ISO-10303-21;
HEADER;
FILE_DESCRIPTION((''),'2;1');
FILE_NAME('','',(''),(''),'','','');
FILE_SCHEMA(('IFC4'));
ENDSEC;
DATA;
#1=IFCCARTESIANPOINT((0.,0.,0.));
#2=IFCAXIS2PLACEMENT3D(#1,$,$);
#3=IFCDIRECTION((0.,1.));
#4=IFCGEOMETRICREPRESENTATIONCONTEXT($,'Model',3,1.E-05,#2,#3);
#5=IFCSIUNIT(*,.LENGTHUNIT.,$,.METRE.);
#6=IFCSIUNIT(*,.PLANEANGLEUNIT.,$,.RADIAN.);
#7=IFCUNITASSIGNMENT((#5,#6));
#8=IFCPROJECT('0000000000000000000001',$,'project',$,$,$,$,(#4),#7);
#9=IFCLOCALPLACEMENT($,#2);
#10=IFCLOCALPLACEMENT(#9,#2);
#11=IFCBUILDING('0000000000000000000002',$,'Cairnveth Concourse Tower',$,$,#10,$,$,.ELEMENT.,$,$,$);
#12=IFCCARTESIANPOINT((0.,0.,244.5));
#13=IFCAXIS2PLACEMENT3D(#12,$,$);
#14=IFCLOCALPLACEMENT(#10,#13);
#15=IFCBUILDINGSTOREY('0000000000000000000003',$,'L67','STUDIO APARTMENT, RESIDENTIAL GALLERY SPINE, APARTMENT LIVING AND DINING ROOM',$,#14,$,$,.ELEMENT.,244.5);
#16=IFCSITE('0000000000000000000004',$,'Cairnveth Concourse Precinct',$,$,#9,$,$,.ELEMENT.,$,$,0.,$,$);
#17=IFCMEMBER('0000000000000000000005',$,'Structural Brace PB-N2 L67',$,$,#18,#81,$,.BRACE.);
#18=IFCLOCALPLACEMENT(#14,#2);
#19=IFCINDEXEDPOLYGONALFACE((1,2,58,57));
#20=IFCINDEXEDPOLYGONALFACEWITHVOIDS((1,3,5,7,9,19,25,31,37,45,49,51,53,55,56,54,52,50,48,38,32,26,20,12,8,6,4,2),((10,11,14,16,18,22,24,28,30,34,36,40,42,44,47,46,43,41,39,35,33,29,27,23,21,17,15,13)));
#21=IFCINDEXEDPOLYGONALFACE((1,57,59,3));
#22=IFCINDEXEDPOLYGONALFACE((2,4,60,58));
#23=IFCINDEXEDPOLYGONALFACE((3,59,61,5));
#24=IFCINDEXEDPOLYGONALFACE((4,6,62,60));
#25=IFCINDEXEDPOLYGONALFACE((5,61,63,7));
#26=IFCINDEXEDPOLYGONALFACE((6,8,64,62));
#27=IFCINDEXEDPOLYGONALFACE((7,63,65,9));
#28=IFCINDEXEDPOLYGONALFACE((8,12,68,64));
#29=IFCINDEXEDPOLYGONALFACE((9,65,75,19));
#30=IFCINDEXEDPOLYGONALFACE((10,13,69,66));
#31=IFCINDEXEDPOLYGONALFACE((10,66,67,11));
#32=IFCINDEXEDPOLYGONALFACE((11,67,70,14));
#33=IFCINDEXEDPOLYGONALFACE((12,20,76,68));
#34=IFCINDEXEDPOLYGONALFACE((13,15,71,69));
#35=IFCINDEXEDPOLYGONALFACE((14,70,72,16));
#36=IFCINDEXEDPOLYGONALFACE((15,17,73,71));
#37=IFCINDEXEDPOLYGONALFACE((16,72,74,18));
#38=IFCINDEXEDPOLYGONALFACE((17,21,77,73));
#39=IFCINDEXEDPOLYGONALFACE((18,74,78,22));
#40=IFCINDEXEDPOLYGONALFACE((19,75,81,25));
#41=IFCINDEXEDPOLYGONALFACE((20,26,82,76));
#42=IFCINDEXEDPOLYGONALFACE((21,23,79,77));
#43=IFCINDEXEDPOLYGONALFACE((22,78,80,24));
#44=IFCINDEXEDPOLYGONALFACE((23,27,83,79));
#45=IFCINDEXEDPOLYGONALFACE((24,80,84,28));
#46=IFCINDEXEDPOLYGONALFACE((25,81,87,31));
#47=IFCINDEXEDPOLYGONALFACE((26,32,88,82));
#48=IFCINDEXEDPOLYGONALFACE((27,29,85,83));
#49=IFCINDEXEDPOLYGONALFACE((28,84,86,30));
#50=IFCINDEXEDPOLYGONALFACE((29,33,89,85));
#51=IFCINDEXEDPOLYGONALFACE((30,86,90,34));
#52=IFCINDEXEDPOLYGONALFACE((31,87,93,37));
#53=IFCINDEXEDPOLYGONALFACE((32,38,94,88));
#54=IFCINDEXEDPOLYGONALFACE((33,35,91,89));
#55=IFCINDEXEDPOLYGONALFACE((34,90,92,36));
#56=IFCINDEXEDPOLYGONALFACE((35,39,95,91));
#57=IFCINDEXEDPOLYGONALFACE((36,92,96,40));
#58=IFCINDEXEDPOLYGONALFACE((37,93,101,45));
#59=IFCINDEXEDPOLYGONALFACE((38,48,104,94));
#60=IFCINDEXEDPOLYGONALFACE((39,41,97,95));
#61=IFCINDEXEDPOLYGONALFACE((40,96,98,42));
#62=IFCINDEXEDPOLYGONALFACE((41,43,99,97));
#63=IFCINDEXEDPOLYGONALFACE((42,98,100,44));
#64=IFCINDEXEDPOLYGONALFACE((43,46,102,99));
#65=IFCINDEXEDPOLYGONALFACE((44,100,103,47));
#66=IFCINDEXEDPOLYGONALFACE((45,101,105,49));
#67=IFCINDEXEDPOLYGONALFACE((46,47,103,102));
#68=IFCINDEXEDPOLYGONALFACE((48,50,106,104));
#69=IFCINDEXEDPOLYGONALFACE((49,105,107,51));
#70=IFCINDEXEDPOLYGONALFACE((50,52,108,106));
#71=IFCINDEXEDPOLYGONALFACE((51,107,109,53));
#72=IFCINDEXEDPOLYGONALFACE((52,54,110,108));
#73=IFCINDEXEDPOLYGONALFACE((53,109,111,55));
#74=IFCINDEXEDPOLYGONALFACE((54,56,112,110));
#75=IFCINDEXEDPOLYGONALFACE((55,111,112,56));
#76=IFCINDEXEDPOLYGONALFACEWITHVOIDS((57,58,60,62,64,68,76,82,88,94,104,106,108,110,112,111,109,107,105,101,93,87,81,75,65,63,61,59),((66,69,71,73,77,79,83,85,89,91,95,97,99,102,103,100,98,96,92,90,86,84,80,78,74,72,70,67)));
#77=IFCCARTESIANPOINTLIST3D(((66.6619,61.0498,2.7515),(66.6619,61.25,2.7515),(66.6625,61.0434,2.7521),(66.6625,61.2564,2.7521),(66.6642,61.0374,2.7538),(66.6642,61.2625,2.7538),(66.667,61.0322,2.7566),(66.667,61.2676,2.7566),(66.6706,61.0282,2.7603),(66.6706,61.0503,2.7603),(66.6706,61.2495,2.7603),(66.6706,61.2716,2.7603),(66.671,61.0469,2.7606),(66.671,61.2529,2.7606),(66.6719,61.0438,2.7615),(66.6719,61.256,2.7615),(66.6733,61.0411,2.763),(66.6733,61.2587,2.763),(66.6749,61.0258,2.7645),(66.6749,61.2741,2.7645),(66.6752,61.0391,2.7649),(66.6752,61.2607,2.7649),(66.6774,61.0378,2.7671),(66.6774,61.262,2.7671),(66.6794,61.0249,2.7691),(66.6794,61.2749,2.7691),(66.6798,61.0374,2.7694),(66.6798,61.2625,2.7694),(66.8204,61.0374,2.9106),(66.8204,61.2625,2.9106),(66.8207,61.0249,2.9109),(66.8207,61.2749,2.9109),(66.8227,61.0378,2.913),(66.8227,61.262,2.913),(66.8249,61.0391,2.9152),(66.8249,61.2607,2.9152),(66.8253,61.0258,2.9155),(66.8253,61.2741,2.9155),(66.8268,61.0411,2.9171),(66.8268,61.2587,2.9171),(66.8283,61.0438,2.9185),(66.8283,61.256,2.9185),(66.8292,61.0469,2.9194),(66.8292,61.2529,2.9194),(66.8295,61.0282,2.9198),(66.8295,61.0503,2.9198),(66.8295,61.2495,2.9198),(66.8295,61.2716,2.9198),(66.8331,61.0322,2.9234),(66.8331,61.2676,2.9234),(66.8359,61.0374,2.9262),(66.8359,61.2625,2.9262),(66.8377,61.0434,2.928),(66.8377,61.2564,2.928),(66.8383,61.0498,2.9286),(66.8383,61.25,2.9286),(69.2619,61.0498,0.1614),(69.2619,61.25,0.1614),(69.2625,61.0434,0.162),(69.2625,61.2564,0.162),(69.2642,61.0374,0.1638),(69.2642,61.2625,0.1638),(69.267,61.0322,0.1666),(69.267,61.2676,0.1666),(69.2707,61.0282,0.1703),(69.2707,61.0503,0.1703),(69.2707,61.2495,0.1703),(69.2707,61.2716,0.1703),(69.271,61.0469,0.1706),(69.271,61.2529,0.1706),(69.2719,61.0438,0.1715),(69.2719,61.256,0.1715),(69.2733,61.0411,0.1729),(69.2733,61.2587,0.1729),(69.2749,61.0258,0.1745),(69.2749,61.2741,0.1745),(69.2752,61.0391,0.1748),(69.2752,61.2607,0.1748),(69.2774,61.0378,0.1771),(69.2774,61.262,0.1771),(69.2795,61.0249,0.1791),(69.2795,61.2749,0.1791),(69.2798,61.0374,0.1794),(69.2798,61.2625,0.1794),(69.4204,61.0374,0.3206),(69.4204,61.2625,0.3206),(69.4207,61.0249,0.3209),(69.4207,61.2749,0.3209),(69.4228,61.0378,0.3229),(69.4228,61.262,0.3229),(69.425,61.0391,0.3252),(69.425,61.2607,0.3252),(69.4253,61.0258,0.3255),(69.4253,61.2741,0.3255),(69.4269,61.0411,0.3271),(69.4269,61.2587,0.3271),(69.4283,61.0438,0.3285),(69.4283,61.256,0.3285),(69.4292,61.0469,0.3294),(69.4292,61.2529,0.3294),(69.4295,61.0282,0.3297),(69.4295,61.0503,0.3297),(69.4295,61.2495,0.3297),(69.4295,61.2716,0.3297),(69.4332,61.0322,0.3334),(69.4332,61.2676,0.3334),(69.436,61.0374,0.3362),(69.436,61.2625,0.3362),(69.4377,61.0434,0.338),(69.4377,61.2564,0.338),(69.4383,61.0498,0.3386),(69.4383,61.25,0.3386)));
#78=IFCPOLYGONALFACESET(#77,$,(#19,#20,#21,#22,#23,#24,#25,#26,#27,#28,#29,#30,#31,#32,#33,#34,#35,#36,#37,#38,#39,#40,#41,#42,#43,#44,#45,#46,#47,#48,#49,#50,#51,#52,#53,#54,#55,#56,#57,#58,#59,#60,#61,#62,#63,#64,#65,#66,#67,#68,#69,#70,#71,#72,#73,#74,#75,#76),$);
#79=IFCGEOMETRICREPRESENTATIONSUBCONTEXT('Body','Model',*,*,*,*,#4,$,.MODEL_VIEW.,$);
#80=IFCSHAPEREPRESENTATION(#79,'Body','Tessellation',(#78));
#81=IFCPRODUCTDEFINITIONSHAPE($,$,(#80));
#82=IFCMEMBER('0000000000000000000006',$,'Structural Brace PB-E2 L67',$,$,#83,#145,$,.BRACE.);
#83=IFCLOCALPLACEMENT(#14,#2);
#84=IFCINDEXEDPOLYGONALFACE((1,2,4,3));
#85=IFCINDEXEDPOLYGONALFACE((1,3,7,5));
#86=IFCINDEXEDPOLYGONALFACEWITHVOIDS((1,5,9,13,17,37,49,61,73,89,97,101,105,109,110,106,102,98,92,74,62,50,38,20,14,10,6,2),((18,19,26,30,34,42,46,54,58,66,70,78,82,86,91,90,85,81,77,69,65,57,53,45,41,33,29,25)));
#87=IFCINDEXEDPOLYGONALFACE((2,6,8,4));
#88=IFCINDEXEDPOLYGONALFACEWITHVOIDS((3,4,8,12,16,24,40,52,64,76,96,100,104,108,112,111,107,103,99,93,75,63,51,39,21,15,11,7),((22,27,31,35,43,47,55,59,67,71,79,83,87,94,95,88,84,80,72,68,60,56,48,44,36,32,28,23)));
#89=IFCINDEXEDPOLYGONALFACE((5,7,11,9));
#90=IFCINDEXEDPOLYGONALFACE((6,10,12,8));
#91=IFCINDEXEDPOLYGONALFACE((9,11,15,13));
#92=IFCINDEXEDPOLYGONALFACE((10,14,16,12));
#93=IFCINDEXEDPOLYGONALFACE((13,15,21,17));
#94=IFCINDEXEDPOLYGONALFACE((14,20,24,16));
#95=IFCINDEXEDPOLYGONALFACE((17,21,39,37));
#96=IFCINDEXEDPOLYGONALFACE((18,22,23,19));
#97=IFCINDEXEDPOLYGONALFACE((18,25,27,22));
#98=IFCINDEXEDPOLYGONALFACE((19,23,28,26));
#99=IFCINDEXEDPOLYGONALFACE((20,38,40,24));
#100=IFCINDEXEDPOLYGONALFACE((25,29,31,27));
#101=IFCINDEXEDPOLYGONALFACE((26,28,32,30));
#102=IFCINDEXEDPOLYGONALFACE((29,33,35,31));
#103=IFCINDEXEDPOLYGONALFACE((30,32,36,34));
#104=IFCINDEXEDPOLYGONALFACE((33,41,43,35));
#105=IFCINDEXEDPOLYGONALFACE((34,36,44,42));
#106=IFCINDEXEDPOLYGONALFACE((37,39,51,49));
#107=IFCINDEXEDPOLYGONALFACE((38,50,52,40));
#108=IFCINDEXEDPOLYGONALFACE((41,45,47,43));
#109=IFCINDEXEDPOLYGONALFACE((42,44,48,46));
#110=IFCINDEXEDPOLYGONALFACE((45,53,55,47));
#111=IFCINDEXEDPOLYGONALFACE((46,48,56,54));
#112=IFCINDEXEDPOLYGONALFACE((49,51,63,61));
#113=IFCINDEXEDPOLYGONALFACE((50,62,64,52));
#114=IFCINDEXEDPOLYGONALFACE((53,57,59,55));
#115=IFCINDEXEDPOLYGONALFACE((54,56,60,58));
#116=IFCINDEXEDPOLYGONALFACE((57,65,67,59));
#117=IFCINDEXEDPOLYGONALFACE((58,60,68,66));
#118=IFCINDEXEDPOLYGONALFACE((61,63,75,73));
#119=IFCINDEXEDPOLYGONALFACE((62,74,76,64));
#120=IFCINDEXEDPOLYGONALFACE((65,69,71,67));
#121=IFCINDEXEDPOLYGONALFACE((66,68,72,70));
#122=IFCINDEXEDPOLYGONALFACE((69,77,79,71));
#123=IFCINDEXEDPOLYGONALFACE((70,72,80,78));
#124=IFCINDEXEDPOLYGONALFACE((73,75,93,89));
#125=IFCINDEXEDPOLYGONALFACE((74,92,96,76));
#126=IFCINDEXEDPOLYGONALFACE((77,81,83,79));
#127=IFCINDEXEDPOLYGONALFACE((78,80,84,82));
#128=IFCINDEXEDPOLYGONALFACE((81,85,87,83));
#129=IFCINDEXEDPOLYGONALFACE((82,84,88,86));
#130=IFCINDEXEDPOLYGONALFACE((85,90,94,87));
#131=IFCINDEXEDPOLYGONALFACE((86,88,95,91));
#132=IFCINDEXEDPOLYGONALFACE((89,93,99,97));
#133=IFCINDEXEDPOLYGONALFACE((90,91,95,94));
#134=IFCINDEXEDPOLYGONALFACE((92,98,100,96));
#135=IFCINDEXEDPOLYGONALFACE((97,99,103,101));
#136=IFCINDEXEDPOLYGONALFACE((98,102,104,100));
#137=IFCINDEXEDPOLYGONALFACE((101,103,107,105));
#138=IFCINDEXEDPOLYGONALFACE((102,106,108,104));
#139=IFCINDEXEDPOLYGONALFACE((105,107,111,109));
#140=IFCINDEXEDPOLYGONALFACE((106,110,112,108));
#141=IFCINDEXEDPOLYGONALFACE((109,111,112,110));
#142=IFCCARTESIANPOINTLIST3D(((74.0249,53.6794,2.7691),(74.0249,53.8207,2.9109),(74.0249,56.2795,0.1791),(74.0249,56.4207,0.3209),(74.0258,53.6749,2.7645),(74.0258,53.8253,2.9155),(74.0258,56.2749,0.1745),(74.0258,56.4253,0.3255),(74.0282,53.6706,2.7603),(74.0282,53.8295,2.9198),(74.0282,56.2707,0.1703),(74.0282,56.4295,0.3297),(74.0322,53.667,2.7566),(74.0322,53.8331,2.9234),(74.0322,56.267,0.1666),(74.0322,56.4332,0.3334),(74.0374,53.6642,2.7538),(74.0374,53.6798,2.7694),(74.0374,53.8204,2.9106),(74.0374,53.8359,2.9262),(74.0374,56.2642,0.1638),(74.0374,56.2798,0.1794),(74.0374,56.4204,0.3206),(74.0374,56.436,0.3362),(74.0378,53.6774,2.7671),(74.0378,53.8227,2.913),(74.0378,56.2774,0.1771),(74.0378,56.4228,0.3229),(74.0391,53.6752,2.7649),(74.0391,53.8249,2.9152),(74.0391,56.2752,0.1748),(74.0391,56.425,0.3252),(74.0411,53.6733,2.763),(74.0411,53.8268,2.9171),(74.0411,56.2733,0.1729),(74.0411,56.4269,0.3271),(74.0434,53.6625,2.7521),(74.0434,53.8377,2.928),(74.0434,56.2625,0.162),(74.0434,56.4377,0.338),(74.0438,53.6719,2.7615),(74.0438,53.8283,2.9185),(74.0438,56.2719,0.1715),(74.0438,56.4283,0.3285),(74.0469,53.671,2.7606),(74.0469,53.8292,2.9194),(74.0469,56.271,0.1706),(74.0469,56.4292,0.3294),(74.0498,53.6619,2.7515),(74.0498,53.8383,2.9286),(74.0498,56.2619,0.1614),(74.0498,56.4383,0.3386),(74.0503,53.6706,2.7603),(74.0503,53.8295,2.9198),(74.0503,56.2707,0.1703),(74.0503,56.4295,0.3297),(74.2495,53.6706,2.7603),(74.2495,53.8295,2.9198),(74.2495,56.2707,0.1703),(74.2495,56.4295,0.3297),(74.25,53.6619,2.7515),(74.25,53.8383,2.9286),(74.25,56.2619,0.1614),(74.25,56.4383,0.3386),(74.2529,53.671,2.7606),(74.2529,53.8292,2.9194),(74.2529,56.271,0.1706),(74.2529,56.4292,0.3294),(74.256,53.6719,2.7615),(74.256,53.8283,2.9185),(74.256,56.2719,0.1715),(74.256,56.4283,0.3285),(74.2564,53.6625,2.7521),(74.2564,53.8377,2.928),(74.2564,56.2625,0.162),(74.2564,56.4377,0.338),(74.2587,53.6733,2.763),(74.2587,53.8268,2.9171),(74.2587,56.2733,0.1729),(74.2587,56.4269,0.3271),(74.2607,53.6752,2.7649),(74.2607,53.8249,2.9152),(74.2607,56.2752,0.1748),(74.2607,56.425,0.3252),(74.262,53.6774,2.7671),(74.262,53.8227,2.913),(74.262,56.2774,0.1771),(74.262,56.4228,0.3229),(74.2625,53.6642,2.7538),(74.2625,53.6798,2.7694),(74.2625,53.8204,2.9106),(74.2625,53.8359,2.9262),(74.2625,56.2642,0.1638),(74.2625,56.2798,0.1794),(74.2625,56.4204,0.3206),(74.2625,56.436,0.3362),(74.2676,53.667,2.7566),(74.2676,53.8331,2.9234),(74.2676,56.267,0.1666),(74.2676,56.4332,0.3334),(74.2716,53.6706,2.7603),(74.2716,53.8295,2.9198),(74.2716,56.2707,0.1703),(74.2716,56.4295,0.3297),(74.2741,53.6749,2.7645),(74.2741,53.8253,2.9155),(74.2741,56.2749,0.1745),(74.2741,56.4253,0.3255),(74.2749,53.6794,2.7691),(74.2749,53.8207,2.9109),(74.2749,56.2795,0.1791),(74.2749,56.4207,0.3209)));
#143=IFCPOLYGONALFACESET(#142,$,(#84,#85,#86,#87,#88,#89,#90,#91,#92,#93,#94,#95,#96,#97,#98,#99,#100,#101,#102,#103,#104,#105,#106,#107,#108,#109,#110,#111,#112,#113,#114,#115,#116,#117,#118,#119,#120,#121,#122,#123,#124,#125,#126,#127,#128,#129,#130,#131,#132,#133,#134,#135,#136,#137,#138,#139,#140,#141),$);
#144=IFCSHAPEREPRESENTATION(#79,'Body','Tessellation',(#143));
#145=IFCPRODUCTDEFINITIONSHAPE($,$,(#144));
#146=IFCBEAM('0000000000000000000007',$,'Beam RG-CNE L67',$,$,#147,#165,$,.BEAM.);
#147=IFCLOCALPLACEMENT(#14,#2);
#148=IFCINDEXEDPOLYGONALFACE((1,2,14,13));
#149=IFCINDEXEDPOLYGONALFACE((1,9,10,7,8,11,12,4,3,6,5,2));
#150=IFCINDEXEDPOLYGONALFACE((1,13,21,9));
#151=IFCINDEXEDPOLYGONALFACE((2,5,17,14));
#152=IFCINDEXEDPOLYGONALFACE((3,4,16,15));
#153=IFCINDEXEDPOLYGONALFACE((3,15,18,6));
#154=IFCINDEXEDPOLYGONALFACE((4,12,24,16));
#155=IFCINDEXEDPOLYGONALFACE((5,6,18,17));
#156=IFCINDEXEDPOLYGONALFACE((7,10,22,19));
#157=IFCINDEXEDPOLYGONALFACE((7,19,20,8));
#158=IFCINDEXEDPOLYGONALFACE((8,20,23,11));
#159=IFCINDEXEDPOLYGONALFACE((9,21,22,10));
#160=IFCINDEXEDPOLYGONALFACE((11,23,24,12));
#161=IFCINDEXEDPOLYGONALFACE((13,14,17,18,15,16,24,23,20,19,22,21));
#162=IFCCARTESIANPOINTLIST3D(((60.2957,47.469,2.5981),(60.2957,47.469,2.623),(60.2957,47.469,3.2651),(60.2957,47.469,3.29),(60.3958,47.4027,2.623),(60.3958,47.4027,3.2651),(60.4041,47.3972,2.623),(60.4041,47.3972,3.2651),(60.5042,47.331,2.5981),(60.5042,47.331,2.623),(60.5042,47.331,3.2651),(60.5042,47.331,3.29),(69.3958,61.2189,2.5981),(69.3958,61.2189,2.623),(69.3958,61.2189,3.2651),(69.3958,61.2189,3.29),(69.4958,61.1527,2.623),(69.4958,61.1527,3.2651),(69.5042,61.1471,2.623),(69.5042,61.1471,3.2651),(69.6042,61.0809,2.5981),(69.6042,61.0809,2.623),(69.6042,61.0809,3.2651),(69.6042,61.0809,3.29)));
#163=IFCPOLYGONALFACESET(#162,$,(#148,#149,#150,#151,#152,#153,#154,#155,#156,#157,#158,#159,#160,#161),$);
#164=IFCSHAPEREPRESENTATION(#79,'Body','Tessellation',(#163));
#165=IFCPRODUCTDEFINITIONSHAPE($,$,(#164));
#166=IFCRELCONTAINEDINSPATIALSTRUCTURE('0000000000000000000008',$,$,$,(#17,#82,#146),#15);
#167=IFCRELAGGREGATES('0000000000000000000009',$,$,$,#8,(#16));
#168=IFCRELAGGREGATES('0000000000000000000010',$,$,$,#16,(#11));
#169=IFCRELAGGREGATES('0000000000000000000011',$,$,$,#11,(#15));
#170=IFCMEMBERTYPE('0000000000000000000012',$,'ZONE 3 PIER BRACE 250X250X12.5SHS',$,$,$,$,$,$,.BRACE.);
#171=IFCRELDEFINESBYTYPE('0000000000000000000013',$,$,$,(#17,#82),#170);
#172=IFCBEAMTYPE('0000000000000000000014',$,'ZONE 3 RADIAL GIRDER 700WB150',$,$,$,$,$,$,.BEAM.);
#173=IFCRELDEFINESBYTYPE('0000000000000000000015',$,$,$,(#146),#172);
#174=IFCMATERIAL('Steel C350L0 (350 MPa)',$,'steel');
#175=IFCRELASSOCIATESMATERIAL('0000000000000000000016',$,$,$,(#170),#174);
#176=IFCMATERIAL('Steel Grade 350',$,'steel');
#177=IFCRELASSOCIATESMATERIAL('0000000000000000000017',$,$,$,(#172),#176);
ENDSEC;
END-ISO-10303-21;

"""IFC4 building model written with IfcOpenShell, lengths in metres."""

from ifc_helpers import new_model, si_unit, direction, frame, origin, origin_2d, place, context, subcontext, project, spatial, hollow_rectangle, i_section, extrude, material, material_profile, profile_set, type_object, element, save


model = new_model("IFC4")

# Units and contexts
model_context = context("Model", 3, precision=1e-05, world=origin(), true_north=direction((0.0, 1.0)))
body_context = subcontext(model_context, "Body", "Model", "MODEL_VIEW")
ifc_project = project(units=[si_unit("LENGTHUNIT", "METRE"), si_unit("PLANEANGLEUNIT", "RADIAN")], contexts=[model_context])

# Site, building, storey
site_placement = place(None, origin())
site = spatial("IfcSite", under=ifc_project, at=site_placement, Name="Cairnveth Concourse Precinct", CompositionType="ELEMENT", RefElevation=0.0)
building_placement = place(site_placement, origin())
building = spatial("IfcBuilding", under=site, at=building_placement, Name="Cairnveth Concourse Tower", CompositionType="ELEMENT")
storey_placement = place(building_placement, frame((0.0, 0.0, 244.5)))
storey = spatial("IfcBuildingStorey", under=building, at=storey_placement, Name="L67", Description="STUDIO APARTMENT, RESIDENTIAL GALLERY SPINE, APARTMENT LIVING AND DINING ROOM", CompositionType="ELEMENT", Elevation=244.5)

# Shared definitions
ifc_material_1 = material(Name="Steel Grade 350", Category="steel")

# Members
ifc_material_2 = material(Name="Steel C350L0 (350 MPa)", Category="steel")
ifc_material_profile_1 = material_profile(ifc_material_2, hollow_rectangle(XDim=0.25, YDim=0.25, WallThickness=0.0125, InnerFilletRadius=0.0129, OuterFilletRadius=0.0249, at=origin_2d()), Name="250x250x12.5SHS")
ifc_profile_set_1 = profile_set([ifc_material_profile_1], Name="Steel C350L0 (350 MPa)")
member_type = type_object("IfcMemberType", Name="ZONE 3 PIER BRACE 250X250X12.5SHS", PredefinedType="BRACE", material=ifc_profile_set_1)
for number, where, z_axis, x_axis, name in (
    (1, (69.3501, 61.1499, 0.25), (-0.708469, 0.0, 0.705742), (0.0, -1.0, 0.0), "Structural Brace PB-N2 L67"),
    (2, (74.1499, 56.3501, 0.25), (0.0, -0.708469, 0.705742), (1.0, 0.0, 0.0), "Structural Brace PB-E2 L67"),
):
    element("IfcMember", number, at=place(storey_placement, frame(where, z_axis=z_axis, x_axis=x_axis)), inside=storey, type_object=member_type, Name=name, PredefinedType="BRACE", context=body_context, shape_type="SweptSolid", body=[
        extrude(hollow_rectangle(XDim=0.25, YDim=0.25, WallThickness=0.0125, InnerFilletRadius=0.0129, OuterFilletRadius=0.0249, at=origin_2d()), origin(), (0.0, 0.0, 1.0), 3.6699),
    ])

# Beam
ifc_material_profile_2 = material_profile(ifc_material_1, i_section(OverallWidth=0.25, OverallDepth=0.6919, WebThickness=0.01, FlangeThickness=0.0249, at=origin_2d()), Name="700WB150")
ifc_profile_set_2 = profile_set([ifc_material_profile_2], Name="Steel Grade 350")
beam_type_1 = type_object("IfcBeamType", Name="ZONE 3 RADIAL GIRDER 700WB150", PredefinedType="BEAM", material=ifc_profile_set_2)
beam_1_placement = place(storey_placement, frame((69.5, 61.1499, 2.9441), z_axis=(-0.551902, -0.833909, 0.0), x_axis=(0.833909, -0.551902, 0.0)))
element("IfcBeam", 3, at=beam_1_placement, inside=storey, type_object=beam_type_1, Name="Beam RG-CNE L67", PredefinedType="BEAM", context=body_context, shape_type="SweptSolid", body=[
    extrude(i_section(OverallWidth=0.25, OverallDepth=0.6919, WebThickness=0.01, FlangeThickness=0.0249, at=origin_2d()), origin(), (0.0, 0.0, 1.0), 16.4885),
])

save(model, "model.ifc")
